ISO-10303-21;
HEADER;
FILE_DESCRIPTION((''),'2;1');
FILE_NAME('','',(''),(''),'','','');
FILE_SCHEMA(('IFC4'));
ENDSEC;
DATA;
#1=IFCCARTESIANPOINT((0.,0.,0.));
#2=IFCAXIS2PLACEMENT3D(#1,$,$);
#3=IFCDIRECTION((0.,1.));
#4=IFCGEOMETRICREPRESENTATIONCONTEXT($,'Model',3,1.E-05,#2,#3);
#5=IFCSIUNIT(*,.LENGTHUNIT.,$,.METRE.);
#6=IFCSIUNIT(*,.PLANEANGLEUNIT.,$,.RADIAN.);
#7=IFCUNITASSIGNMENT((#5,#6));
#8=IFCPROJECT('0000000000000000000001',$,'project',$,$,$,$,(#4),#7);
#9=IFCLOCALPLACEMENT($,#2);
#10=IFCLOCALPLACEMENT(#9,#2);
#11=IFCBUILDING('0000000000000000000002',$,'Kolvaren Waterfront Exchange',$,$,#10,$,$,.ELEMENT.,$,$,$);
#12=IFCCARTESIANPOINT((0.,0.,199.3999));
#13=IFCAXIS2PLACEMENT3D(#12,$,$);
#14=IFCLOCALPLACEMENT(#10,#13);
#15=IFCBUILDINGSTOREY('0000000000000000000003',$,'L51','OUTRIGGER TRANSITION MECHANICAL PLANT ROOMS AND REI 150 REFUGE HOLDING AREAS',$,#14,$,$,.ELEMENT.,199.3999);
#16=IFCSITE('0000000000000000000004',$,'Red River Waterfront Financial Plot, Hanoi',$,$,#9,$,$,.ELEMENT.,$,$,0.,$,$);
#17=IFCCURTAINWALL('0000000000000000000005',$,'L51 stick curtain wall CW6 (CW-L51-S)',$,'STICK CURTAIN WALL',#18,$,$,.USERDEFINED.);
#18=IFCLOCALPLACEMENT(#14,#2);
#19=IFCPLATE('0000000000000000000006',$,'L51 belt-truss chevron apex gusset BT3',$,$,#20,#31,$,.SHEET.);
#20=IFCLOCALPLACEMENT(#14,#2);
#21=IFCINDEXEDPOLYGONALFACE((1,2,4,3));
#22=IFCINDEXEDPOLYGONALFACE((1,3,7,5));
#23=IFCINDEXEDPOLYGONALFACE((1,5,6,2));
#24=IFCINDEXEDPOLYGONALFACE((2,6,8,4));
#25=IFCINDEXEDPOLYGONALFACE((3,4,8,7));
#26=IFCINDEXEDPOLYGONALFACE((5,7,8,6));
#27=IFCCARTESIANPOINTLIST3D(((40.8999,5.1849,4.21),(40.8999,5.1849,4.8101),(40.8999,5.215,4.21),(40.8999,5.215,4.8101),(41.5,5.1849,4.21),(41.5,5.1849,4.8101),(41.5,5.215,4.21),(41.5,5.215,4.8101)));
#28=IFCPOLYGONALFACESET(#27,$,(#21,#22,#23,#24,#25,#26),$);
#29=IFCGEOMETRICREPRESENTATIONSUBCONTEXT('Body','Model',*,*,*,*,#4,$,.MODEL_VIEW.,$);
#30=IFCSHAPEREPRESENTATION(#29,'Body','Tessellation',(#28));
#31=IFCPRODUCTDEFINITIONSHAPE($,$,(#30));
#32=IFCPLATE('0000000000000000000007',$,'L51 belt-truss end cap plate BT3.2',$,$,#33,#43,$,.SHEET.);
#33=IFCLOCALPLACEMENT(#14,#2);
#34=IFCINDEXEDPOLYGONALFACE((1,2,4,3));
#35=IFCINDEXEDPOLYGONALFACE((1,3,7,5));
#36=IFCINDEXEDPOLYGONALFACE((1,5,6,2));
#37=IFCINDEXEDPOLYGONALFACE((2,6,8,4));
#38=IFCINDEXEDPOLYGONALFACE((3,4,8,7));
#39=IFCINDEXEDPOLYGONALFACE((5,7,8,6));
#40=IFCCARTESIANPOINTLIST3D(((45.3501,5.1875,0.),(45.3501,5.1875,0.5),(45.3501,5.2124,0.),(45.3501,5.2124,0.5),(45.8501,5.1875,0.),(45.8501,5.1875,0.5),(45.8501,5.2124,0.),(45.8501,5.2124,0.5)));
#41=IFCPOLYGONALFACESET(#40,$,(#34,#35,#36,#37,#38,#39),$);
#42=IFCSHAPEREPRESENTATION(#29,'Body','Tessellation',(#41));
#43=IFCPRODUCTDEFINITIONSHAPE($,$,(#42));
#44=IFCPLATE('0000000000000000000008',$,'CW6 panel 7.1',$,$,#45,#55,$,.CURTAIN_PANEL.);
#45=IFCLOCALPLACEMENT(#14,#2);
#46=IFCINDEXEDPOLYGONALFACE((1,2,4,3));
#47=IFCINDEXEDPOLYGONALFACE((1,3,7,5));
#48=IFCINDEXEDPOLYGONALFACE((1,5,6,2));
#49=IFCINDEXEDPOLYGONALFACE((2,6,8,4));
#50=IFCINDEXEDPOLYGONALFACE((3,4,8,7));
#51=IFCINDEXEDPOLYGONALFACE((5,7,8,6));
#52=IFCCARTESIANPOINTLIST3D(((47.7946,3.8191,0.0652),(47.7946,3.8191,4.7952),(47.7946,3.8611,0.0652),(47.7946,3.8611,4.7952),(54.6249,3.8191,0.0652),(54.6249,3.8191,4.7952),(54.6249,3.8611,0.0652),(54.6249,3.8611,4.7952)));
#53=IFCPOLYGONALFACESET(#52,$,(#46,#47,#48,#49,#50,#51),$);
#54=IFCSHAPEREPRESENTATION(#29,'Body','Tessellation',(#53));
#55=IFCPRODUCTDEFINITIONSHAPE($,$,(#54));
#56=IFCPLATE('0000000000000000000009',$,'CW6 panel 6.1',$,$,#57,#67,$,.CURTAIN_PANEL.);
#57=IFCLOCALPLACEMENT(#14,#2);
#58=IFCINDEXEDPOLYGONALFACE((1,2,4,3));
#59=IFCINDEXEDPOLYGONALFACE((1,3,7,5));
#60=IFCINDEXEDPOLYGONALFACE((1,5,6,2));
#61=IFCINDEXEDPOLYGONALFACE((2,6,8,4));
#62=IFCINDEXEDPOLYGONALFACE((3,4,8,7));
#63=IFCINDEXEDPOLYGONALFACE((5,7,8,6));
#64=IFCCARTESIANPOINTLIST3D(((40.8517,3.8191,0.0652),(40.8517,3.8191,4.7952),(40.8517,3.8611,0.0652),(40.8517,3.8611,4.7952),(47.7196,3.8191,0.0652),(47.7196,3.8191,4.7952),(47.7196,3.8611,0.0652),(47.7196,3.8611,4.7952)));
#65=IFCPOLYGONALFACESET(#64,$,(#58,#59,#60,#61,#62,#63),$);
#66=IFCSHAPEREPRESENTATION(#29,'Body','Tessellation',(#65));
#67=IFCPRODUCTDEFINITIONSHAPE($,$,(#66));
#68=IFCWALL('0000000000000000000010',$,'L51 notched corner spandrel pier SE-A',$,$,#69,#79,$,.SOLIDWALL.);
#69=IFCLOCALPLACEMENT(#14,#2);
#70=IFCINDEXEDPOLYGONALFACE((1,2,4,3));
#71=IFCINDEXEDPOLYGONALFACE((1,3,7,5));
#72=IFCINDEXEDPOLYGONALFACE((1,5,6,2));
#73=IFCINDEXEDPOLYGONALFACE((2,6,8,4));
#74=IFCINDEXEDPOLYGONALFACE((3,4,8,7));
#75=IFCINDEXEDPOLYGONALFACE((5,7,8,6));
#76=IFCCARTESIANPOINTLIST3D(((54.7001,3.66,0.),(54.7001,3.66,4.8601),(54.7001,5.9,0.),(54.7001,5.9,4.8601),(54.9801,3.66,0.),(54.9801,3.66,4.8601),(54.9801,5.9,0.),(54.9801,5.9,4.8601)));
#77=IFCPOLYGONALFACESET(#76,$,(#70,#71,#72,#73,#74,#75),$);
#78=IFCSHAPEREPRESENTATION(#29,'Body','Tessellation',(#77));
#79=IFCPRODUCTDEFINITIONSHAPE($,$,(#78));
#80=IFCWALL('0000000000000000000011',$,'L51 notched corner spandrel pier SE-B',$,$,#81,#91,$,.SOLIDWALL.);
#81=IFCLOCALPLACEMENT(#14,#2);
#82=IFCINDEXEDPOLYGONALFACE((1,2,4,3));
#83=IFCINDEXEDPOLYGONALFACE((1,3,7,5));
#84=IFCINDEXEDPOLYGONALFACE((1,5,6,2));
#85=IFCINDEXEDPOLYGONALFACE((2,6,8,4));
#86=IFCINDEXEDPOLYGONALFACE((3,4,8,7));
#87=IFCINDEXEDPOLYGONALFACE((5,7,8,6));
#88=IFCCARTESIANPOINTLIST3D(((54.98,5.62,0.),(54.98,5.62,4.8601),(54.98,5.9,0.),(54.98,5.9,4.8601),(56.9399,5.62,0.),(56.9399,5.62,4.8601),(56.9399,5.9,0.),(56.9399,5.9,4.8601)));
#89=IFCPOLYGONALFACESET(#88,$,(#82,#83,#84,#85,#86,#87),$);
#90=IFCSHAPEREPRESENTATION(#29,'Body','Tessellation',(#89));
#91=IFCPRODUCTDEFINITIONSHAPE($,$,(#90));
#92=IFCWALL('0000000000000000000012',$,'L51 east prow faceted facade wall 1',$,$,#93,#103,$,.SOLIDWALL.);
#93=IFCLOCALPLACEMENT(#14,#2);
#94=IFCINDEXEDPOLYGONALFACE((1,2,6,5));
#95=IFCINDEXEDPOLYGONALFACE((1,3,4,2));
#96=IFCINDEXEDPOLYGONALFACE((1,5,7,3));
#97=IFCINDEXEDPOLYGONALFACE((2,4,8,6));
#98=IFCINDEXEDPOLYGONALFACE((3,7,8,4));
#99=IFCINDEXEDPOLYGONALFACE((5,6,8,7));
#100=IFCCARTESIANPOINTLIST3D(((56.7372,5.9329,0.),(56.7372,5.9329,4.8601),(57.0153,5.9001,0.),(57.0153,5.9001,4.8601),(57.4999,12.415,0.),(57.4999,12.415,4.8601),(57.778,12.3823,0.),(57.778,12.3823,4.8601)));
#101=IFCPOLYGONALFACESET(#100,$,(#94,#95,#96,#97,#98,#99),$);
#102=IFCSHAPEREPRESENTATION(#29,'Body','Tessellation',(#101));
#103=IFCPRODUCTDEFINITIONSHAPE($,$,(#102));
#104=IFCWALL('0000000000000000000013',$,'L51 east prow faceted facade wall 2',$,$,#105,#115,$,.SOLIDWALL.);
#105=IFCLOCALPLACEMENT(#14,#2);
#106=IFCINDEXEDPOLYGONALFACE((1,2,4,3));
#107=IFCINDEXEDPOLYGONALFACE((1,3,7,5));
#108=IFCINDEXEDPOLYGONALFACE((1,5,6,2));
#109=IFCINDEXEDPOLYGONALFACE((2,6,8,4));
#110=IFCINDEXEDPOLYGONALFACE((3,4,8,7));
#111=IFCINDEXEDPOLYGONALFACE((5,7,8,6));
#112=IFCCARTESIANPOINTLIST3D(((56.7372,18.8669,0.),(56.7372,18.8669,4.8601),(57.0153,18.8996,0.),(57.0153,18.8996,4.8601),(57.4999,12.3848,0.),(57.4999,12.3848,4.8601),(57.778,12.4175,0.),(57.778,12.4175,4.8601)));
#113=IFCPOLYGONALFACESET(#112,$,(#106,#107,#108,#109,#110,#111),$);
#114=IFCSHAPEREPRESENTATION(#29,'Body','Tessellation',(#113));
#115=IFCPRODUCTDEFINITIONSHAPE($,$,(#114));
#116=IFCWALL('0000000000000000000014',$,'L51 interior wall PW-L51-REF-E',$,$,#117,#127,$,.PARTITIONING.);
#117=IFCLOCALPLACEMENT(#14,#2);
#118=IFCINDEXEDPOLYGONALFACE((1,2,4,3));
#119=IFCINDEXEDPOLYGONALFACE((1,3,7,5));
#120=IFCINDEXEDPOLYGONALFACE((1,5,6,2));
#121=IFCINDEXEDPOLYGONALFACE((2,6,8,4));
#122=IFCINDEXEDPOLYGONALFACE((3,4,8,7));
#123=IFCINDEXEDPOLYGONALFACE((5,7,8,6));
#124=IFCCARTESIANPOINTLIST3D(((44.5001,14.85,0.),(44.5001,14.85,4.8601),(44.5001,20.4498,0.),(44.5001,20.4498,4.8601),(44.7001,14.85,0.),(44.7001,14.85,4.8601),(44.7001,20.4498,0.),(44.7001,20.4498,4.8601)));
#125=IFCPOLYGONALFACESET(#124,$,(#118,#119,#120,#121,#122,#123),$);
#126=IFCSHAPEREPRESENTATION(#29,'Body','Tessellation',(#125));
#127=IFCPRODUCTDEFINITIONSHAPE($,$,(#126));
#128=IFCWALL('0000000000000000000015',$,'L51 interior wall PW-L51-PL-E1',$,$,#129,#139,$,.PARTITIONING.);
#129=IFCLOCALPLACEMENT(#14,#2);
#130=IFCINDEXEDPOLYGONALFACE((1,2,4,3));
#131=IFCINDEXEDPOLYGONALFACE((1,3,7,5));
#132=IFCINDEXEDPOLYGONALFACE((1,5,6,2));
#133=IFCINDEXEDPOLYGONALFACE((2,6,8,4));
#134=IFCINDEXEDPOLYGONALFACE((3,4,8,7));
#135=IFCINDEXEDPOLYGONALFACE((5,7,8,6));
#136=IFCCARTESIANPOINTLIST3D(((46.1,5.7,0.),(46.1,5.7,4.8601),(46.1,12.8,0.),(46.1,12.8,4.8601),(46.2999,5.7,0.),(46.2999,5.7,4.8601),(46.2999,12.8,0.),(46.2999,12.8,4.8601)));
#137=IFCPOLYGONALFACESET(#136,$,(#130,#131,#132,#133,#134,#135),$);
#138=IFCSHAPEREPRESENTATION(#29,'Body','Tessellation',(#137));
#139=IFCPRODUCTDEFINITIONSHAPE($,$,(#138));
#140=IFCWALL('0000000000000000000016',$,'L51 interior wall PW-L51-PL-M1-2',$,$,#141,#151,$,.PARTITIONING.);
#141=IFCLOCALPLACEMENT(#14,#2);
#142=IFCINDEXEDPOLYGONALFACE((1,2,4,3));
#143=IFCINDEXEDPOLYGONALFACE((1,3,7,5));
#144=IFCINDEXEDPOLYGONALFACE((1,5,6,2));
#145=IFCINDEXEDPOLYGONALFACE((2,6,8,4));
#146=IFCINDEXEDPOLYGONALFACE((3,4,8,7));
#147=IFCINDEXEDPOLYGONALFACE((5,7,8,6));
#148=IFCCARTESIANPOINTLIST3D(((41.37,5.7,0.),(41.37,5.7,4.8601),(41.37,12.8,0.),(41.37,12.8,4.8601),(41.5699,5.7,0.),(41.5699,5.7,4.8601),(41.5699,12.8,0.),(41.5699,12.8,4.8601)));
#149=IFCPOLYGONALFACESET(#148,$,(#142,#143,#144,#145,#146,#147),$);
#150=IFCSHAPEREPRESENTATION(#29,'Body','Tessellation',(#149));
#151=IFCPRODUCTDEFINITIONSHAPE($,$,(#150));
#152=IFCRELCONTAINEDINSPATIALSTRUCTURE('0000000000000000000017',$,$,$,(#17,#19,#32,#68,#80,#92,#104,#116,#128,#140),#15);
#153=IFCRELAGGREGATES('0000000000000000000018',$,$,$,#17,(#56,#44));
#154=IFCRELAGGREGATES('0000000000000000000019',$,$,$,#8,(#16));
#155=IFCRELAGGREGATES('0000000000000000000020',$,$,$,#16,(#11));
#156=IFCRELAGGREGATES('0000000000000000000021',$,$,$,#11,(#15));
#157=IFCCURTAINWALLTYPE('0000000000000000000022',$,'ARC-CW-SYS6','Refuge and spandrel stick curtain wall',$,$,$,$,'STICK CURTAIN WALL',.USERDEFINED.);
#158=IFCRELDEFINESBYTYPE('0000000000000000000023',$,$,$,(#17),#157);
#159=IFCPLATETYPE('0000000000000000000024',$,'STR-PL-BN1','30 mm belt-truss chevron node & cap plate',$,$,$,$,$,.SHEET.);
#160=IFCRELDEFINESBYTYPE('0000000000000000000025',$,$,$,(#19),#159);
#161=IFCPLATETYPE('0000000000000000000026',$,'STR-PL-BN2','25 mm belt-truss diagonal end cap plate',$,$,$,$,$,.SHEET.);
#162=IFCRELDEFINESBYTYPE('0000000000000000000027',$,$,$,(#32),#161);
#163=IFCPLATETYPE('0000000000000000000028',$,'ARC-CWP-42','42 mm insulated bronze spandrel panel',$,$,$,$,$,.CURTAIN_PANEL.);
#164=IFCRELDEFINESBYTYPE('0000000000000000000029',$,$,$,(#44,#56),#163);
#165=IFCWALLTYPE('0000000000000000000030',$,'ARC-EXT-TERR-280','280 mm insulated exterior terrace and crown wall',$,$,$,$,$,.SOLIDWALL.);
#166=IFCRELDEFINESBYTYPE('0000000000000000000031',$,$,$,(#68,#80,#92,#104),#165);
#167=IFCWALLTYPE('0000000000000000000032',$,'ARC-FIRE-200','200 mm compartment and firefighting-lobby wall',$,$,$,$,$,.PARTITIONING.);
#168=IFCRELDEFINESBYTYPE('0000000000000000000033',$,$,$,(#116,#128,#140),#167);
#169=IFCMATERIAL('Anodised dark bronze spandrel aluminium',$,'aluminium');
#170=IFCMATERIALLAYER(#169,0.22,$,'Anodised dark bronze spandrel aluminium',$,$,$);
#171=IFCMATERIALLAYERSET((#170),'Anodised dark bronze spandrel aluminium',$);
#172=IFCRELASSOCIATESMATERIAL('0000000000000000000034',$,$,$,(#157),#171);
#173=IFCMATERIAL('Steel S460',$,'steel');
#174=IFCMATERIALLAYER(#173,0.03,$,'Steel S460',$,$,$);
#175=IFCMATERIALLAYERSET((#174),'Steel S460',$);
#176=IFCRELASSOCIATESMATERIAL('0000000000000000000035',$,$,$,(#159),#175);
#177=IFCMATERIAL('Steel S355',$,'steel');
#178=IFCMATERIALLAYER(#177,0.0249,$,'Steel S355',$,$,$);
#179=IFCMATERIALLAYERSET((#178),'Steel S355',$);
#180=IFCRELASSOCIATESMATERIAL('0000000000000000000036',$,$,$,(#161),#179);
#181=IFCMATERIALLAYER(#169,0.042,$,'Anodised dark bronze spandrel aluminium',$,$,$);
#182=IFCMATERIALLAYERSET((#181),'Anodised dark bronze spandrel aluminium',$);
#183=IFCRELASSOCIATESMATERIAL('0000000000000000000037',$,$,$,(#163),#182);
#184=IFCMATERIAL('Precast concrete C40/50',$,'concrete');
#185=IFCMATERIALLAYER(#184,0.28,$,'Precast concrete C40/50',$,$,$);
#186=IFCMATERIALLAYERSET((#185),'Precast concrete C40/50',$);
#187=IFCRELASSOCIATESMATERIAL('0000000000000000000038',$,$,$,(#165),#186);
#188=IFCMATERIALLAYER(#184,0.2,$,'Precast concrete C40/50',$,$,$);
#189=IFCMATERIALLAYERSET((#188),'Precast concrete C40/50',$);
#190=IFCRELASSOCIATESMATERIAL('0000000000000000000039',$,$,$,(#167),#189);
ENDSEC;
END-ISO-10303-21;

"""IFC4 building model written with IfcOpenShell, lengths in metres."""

from ifc_helpers import new_model, si_unit, direction, frame, frame_2d, origin, origin_with_axes, origin_2d, place, context, subcontext, project, spatial, rectangle, extrude, source, transform, mapped, material, layer, layer_set, type_object, element, aggregate, save


model = new_model("IFC4")

# Units and contexts
model_context = context("Model", 3, precision=1e-05, world=origin(), true_north=direction((0.0, 1.0)))
body_context = subcontext(model_context, "Body", "Model", "MODEL_VIEW")
ifc_project = project(units=[si_unit("LENGTHUNIT", "METRE"), si_unit("PLANEANGLEUNIT", "RADIAN")], contexts=[model_context])

# Site, building, storey
site_placement = place(None, origin())
site = spatial("IfcSite", under=ifc_project, at=site_placement, Name="Red River Waterfront Financial Plot, Hanoi", CompositionType="ELEMENT", RefElevation=0.0)
building_placement = place(site_placement, origin())
building = spatial("IfcBuilding", under=site, at=building_placement, Name="Kolvaren Waterfront Exchange", CompositionType="ELEMENT")
storey_placement = place(building_placement, frame((0.0, 0.0, 199.3999)))
storey = spatial("IfcBuildingStorey", under=building, at=storey_placement, Name="L51", Description="OUTRIGGER TRANSITION MECHANICAL PLANT ROOMS AND REI 150 REFUGE HOLDING AREAS", CompositionType="ELEMENT", Elevation=199.3999)

# Shared definitions
ifc_material_1 = material(Name="Steel S355", Category="steel")

# Shared definitions
ifc_material_2 = material(Name="Steel S460", Category="steel")

# Curtain wall
ifc_material_3 = material(Name="Anodised dark bronze spandrel aluminium", Category="aluminium")
ifc_layer_1 = layer(ifc_material_3, 0.22, Name="Anodised dark bronze spandrel aluminium")
ifc_layer_set_1 = layer_set([ifc_layer_1], Name="Anodised dark bronze spandrel aluminium")
curtain_wall_type = type_object("IfcCurtainWallType", Name="ARC-CW-SYS6", Description="Refuge and spandrel stick curtain wall", ElementType="STICK CURTAIN WALL", PredefinedType="USERDEFINED", material=ifc_layer_set_1)
curtain_wall_placement = place(storey_placement, origin())
curtain_wall = element("IfcCurtainWall", 1, at=curtain_wall_placement, inside=storey, type_object=curtain_wall_type, Name="L51 stick curtain wall CW6 (CW-L51-S)", ObjectType="STICK CURTAIN WALL", PredefinedType="USERDEFINED")

# Plates
ifc_layer_2 = layer(ifc_material_2, 0.03, Name="Steel S460")
ifc_layer_set_2 = layer_set([ifc_layer_2], Name="Steel S460")
plate_type_1 = type_object("IfcPlateType", Name="STR-PL-BN1", Description="30 mm belt-truss chevron node & cap plate", PredefinedType="SHEET", material=ifc_layer_set_2)
shared_shape_1 = source(origin_with_axes(), body_context, "Body", "SweptSolid", [
    extrude(rectangle(XDim=0.6001, YDim=0.03, at=origin_2d()), origin(), (0.0, 0.0, 1.0), 0.6001),
])
plate_1_placement = place(storey_placement, frame((41.2, 5.2, 4.21), z_axis=(0.0, 0.0, 1.0), x_axis=(1.0, 0.0, 0.0)))
element("IfcPlate", 2, at=plate_1_placement, inside=storey, type_object=plate_type_1, Name="L51 belt-truss chevron apex gusset BT3", PredefinedType="SHEET", context=body_context, shape_type="MappedRepresentation", body=[
    mapped(shared_shape_1, transform((0.0, 0.0, 0.0), x_axis=(1.0, 0.0, 0.0), y_axis=(0.0, 1.0, 0.0), z_axis=(0.0, 0.0, 1.0), scale=1.0)),
])
ifc_layer_3 = layer(ifc_material_1, 0.0249, Name="Steel S355")
ifc_layer_set_3 = layer_set([ifc_layer_3], Name="Steel S355")
plate_type_2 = type_object("IfcPlateType", Name="STR-PL-BN2", Description="25 mm belt-truss diagonal end cap plate", PredefinedType="SHEET", material=ifc_layer_set_3)
shared_shape_2 = source(origin_with_axes(), body_context, "Body", "SweptSolid", [
    extrude(rectangle(XDim=0.5, YDim=0.0249, at=origin_2d()), origin(), (0.0, 0.0, 1.0), 0.5),
])
plate_2_placement = place(storey_placement, frame((45.6001, 5.2, 0.0), z_axis=(0.0, 0.0, 1.0), x_axis=(1.0, 0.0, 0.0)))
element("IfcPlate", 3, at=plate_2_placement, inside=storey, type_object=plate_type_2, Name="L51 belt-truss end cap plate BT3.2", PredefinedType="SHEET", context=body_context, shape_type="MappedRepresentation", body=[
    mapped(shared_shape_2, transform((0.0, 0.0, 0.0), x_axis=(1.0, 0.0, 0.0), y_axis=(0.0, 1.0, 0.0), z_axis=(0.0, 0.0, 1.0), scale=1.0)),
])

# Plates
ifc_layer_4 = layer(ifc_material_3, 0.042, Name="Anodised dark bronze spandrel aluminium")
ifc_layer_set_4 = layer_set([ifc_layer_4], Name="Anodised dark bronze spandrel aluminium")
plate_type_3 = type_object("IfcPlateType", Name="ARC-CWP-42", Description="42 mm insulated bronze spandrel panel", PredefinedType="CURTAIN_PANEL", material=ifc_layer_set_4)
shared_shape_3 = source(origin_with_axes(), body_context, "Body", "SweptSolid", [
    extrude(rectangle(XDim=6.8303, YDim=0.042, at=origin_2d()), origin(), (0.0, 0.0, 1.0), 4.73),
])
plate_3_placement = place(storey_placement, frame((51.2097, 3.8401, 0.0652), z_axis=(0.0, 0.0, 1.0), x_axis=(1.0, 0.0, 0.0)))
plate_3 = element("IfcPlate", 4, at=plate_3_placement, type_object=plate_type_3, Name="CW6 panel 7.1", PredefinedType="CURTAIN_PANEL", context=body_context, shape_type="MappedRepresentation", body=[
    mapped(shared_shape_3, transform((0.0, 0.0, 0.0), x_axis=(1.0, 0.0, 0.0), y_axis=(0.0, 1.0, 0.0), z_axis=(0.0, 0.0, 1.0), scale=1.0)),
])
shared_shape_4 = source(origin_with_axes(), body_context, "Body", "SweptSolid", [
    extrude(rectangle(XDim=6.8679, YDim=0.042, at=origin_2d()), origin(), (0.0, 0.0, 1.0), 4.73),
])
plate_4_placement = place(storey_placement, frame((44.2856, 3.8401, 0.0652), z_axis=(0.0, 0.0, 1.0), x_axis=(1.0, 0.0, 0.0)))
plate_4 = element("IfcPlate", 5, at=plate_4_placement, type_object=plate_type_3, Name="CW6 panel 6.1", PredefinedType="CURTAIN_PANEL", context=body_context, shape_type="MappedRepresentation", body=[
    mapped(shared_shape_4, transform((0.0, 0.0, 0.0), x_axis=(1.0, 0.0, 0.0), y_axis=(0.0, 1.0, 0.0), z_axis=(0.0, 0.0, 1.0), scale=1.0)),
])
aggregate(curtain_wall, [plate_4, plate_3])

# Walls
ifc_material_4 = material(Name="Precast concrete C40/50", Category="concrete")
ifc_layer_5 = layer(ifc_material_4, 0.28, Name="Precast concrete C40/50")
ifc_layer_set_5 = layer_set([ifc_layer_5], Name="Precast concrete C40/50")
wall_type_1 = type_object("IfcWallType", Name="ARC-EXT-TERR-280", Description="280 mm insulated exterior terrace and crown wall", PredefinedType="SOLIDWALL", material=ifc_layer_set_5)
wall_1_placement = place(storey_placement, frame((54.8401, 3.6599, 0.0), z_axis=(0.0, 0.0, 1.0), x_axis=(0.0, 1.0, 0.0)))
element("IfcWall", 6, at=wall_1_placement, inside=storey, type_object=wall_type_1, Name="L51 notched corner spandrel pier SE-A", PredefinedType="SOLIDWALL", context=body_context, shape_type="SweptSolid", body=[
    extrude(rectangle(XDim=2.24, YDim=0.28, at=frame_2d((1.1201, 0.0))), origin(), (0.0, 0.0, 1.0), 4.8601),
])
wall_2_placement = place(storey_placement, frame((54.98, 5.76, 0.0), z_axis=(0.0, 0.0, 1.0), x_axis=(1.0, 0.0, 0.0)))
element("IfcWall", 7, at=wall_2_placement, inside=storey, type_object=wall_type_1, Name="L51 notched corner spandrel pier SE-B", PredefinedType="SOLIDWALL", context=body_context, shape_type="SweptSolid", body=[
    extrude(rectangle(XDim=1.96, YDim=0.28, at=frame_2d((0.98, 0.0))), origin(), (0.0, 0.0, 1.0), 4.8601),
])
for number, where, z_axis, x_axis, name in (
    (8, (56.8762, 5.9165, 0.0), (0.0, 0.0, 1.0), (0.116854, 0.993149, 0.0), "L51 east prow faceted facade wall 1"),
    (9, (57.6389, 12.4011, 0.0), (0.0, 0.0, 1.0), (-0.116854, 0.993149, 0.0), "L51 east prow faceted facade wall 2"),
):
    element("IfcWall", number, at=place(storey_placement, frame(where, z_axis=z_axis, x_axis=x_axis)), inside=storey, type_object=wall_type_1, Name=name, PredefinedType="SOLIDWALL", context=body_context, shape_type="SweptSolid", body=[
        extrude(rectangle(XDim=6.5269, YDim=0.28, at=frame_2d((3.2634, 0.0))), origin(), (0.0, 0.0, 1.0), 4.8601),
    ])
ifc_layer_6 = layer(ifc_material_4, 0.2, Name="Precast concrete C40/50")
ifc_layer_set_6 = layer_set([ifc_layer_6], Name="Precast concrete C40/50")
wall_type_2 = type_object("IfcWallType", Name="ARC-FIRE-200", Description="200 mm compartment and firefighting-lobby wall", PredefinedType="PARTITIONING", material=ifc_layer_set_6)
wall_3_placement = place(storey_placement, frame((44.6001, 14.8501, 0.0), z_axis=(0.0, 0.0, 1.0), x_axis=(0.0, 1.0, 0.0)))
element("IfcWall", 10, at=wall_3_placement, inside=storey, type_object=wall_type_2, Name="L51 interior wall PW-L51-REF-E", PredefinedType="PARTITIONING", context=body_context, shape_type="SweptSolid", body=[
    extrude(rectangle(XDim=5.5999, YDim=0.2, at=frame_2d((2.7998, 0.0))), origin(), (0.0, 0.0, 1.0), 4.8601),
])
for number, where, z_axis, x_axis, name in (
    (11, (46.2, 5.7, 0.0), (0.0, 0.0, 1.0), (0.0, 1.0, 0.0), "L51 interior wall PW-L51-PL-E1"),
    (12, (41.47, 5.7, 0.0), (0.0, 0.0, 1.0), (0.0, 1.0, 0.0), "L51 interior wall PW-L51-PL-M1-2"),
):
    element("IfcWall", number, at=place(storey_placement, frame(where, z_axis=z_axis, x_axis=x_axis)), inside=storey, type_object=wall_type_2, Name=name, PredefinedType="PARTITIONING", context=body_context, shape_type="SweptSolid", body=[
        extrude(rectangle(XDim=7.1001, YDim=0.2, at=frame_2d((3.55, 0.0))), origin(), (0.0, 0.0, 1.0), 4.8601),
    ])

save(model, "model.ifc")
